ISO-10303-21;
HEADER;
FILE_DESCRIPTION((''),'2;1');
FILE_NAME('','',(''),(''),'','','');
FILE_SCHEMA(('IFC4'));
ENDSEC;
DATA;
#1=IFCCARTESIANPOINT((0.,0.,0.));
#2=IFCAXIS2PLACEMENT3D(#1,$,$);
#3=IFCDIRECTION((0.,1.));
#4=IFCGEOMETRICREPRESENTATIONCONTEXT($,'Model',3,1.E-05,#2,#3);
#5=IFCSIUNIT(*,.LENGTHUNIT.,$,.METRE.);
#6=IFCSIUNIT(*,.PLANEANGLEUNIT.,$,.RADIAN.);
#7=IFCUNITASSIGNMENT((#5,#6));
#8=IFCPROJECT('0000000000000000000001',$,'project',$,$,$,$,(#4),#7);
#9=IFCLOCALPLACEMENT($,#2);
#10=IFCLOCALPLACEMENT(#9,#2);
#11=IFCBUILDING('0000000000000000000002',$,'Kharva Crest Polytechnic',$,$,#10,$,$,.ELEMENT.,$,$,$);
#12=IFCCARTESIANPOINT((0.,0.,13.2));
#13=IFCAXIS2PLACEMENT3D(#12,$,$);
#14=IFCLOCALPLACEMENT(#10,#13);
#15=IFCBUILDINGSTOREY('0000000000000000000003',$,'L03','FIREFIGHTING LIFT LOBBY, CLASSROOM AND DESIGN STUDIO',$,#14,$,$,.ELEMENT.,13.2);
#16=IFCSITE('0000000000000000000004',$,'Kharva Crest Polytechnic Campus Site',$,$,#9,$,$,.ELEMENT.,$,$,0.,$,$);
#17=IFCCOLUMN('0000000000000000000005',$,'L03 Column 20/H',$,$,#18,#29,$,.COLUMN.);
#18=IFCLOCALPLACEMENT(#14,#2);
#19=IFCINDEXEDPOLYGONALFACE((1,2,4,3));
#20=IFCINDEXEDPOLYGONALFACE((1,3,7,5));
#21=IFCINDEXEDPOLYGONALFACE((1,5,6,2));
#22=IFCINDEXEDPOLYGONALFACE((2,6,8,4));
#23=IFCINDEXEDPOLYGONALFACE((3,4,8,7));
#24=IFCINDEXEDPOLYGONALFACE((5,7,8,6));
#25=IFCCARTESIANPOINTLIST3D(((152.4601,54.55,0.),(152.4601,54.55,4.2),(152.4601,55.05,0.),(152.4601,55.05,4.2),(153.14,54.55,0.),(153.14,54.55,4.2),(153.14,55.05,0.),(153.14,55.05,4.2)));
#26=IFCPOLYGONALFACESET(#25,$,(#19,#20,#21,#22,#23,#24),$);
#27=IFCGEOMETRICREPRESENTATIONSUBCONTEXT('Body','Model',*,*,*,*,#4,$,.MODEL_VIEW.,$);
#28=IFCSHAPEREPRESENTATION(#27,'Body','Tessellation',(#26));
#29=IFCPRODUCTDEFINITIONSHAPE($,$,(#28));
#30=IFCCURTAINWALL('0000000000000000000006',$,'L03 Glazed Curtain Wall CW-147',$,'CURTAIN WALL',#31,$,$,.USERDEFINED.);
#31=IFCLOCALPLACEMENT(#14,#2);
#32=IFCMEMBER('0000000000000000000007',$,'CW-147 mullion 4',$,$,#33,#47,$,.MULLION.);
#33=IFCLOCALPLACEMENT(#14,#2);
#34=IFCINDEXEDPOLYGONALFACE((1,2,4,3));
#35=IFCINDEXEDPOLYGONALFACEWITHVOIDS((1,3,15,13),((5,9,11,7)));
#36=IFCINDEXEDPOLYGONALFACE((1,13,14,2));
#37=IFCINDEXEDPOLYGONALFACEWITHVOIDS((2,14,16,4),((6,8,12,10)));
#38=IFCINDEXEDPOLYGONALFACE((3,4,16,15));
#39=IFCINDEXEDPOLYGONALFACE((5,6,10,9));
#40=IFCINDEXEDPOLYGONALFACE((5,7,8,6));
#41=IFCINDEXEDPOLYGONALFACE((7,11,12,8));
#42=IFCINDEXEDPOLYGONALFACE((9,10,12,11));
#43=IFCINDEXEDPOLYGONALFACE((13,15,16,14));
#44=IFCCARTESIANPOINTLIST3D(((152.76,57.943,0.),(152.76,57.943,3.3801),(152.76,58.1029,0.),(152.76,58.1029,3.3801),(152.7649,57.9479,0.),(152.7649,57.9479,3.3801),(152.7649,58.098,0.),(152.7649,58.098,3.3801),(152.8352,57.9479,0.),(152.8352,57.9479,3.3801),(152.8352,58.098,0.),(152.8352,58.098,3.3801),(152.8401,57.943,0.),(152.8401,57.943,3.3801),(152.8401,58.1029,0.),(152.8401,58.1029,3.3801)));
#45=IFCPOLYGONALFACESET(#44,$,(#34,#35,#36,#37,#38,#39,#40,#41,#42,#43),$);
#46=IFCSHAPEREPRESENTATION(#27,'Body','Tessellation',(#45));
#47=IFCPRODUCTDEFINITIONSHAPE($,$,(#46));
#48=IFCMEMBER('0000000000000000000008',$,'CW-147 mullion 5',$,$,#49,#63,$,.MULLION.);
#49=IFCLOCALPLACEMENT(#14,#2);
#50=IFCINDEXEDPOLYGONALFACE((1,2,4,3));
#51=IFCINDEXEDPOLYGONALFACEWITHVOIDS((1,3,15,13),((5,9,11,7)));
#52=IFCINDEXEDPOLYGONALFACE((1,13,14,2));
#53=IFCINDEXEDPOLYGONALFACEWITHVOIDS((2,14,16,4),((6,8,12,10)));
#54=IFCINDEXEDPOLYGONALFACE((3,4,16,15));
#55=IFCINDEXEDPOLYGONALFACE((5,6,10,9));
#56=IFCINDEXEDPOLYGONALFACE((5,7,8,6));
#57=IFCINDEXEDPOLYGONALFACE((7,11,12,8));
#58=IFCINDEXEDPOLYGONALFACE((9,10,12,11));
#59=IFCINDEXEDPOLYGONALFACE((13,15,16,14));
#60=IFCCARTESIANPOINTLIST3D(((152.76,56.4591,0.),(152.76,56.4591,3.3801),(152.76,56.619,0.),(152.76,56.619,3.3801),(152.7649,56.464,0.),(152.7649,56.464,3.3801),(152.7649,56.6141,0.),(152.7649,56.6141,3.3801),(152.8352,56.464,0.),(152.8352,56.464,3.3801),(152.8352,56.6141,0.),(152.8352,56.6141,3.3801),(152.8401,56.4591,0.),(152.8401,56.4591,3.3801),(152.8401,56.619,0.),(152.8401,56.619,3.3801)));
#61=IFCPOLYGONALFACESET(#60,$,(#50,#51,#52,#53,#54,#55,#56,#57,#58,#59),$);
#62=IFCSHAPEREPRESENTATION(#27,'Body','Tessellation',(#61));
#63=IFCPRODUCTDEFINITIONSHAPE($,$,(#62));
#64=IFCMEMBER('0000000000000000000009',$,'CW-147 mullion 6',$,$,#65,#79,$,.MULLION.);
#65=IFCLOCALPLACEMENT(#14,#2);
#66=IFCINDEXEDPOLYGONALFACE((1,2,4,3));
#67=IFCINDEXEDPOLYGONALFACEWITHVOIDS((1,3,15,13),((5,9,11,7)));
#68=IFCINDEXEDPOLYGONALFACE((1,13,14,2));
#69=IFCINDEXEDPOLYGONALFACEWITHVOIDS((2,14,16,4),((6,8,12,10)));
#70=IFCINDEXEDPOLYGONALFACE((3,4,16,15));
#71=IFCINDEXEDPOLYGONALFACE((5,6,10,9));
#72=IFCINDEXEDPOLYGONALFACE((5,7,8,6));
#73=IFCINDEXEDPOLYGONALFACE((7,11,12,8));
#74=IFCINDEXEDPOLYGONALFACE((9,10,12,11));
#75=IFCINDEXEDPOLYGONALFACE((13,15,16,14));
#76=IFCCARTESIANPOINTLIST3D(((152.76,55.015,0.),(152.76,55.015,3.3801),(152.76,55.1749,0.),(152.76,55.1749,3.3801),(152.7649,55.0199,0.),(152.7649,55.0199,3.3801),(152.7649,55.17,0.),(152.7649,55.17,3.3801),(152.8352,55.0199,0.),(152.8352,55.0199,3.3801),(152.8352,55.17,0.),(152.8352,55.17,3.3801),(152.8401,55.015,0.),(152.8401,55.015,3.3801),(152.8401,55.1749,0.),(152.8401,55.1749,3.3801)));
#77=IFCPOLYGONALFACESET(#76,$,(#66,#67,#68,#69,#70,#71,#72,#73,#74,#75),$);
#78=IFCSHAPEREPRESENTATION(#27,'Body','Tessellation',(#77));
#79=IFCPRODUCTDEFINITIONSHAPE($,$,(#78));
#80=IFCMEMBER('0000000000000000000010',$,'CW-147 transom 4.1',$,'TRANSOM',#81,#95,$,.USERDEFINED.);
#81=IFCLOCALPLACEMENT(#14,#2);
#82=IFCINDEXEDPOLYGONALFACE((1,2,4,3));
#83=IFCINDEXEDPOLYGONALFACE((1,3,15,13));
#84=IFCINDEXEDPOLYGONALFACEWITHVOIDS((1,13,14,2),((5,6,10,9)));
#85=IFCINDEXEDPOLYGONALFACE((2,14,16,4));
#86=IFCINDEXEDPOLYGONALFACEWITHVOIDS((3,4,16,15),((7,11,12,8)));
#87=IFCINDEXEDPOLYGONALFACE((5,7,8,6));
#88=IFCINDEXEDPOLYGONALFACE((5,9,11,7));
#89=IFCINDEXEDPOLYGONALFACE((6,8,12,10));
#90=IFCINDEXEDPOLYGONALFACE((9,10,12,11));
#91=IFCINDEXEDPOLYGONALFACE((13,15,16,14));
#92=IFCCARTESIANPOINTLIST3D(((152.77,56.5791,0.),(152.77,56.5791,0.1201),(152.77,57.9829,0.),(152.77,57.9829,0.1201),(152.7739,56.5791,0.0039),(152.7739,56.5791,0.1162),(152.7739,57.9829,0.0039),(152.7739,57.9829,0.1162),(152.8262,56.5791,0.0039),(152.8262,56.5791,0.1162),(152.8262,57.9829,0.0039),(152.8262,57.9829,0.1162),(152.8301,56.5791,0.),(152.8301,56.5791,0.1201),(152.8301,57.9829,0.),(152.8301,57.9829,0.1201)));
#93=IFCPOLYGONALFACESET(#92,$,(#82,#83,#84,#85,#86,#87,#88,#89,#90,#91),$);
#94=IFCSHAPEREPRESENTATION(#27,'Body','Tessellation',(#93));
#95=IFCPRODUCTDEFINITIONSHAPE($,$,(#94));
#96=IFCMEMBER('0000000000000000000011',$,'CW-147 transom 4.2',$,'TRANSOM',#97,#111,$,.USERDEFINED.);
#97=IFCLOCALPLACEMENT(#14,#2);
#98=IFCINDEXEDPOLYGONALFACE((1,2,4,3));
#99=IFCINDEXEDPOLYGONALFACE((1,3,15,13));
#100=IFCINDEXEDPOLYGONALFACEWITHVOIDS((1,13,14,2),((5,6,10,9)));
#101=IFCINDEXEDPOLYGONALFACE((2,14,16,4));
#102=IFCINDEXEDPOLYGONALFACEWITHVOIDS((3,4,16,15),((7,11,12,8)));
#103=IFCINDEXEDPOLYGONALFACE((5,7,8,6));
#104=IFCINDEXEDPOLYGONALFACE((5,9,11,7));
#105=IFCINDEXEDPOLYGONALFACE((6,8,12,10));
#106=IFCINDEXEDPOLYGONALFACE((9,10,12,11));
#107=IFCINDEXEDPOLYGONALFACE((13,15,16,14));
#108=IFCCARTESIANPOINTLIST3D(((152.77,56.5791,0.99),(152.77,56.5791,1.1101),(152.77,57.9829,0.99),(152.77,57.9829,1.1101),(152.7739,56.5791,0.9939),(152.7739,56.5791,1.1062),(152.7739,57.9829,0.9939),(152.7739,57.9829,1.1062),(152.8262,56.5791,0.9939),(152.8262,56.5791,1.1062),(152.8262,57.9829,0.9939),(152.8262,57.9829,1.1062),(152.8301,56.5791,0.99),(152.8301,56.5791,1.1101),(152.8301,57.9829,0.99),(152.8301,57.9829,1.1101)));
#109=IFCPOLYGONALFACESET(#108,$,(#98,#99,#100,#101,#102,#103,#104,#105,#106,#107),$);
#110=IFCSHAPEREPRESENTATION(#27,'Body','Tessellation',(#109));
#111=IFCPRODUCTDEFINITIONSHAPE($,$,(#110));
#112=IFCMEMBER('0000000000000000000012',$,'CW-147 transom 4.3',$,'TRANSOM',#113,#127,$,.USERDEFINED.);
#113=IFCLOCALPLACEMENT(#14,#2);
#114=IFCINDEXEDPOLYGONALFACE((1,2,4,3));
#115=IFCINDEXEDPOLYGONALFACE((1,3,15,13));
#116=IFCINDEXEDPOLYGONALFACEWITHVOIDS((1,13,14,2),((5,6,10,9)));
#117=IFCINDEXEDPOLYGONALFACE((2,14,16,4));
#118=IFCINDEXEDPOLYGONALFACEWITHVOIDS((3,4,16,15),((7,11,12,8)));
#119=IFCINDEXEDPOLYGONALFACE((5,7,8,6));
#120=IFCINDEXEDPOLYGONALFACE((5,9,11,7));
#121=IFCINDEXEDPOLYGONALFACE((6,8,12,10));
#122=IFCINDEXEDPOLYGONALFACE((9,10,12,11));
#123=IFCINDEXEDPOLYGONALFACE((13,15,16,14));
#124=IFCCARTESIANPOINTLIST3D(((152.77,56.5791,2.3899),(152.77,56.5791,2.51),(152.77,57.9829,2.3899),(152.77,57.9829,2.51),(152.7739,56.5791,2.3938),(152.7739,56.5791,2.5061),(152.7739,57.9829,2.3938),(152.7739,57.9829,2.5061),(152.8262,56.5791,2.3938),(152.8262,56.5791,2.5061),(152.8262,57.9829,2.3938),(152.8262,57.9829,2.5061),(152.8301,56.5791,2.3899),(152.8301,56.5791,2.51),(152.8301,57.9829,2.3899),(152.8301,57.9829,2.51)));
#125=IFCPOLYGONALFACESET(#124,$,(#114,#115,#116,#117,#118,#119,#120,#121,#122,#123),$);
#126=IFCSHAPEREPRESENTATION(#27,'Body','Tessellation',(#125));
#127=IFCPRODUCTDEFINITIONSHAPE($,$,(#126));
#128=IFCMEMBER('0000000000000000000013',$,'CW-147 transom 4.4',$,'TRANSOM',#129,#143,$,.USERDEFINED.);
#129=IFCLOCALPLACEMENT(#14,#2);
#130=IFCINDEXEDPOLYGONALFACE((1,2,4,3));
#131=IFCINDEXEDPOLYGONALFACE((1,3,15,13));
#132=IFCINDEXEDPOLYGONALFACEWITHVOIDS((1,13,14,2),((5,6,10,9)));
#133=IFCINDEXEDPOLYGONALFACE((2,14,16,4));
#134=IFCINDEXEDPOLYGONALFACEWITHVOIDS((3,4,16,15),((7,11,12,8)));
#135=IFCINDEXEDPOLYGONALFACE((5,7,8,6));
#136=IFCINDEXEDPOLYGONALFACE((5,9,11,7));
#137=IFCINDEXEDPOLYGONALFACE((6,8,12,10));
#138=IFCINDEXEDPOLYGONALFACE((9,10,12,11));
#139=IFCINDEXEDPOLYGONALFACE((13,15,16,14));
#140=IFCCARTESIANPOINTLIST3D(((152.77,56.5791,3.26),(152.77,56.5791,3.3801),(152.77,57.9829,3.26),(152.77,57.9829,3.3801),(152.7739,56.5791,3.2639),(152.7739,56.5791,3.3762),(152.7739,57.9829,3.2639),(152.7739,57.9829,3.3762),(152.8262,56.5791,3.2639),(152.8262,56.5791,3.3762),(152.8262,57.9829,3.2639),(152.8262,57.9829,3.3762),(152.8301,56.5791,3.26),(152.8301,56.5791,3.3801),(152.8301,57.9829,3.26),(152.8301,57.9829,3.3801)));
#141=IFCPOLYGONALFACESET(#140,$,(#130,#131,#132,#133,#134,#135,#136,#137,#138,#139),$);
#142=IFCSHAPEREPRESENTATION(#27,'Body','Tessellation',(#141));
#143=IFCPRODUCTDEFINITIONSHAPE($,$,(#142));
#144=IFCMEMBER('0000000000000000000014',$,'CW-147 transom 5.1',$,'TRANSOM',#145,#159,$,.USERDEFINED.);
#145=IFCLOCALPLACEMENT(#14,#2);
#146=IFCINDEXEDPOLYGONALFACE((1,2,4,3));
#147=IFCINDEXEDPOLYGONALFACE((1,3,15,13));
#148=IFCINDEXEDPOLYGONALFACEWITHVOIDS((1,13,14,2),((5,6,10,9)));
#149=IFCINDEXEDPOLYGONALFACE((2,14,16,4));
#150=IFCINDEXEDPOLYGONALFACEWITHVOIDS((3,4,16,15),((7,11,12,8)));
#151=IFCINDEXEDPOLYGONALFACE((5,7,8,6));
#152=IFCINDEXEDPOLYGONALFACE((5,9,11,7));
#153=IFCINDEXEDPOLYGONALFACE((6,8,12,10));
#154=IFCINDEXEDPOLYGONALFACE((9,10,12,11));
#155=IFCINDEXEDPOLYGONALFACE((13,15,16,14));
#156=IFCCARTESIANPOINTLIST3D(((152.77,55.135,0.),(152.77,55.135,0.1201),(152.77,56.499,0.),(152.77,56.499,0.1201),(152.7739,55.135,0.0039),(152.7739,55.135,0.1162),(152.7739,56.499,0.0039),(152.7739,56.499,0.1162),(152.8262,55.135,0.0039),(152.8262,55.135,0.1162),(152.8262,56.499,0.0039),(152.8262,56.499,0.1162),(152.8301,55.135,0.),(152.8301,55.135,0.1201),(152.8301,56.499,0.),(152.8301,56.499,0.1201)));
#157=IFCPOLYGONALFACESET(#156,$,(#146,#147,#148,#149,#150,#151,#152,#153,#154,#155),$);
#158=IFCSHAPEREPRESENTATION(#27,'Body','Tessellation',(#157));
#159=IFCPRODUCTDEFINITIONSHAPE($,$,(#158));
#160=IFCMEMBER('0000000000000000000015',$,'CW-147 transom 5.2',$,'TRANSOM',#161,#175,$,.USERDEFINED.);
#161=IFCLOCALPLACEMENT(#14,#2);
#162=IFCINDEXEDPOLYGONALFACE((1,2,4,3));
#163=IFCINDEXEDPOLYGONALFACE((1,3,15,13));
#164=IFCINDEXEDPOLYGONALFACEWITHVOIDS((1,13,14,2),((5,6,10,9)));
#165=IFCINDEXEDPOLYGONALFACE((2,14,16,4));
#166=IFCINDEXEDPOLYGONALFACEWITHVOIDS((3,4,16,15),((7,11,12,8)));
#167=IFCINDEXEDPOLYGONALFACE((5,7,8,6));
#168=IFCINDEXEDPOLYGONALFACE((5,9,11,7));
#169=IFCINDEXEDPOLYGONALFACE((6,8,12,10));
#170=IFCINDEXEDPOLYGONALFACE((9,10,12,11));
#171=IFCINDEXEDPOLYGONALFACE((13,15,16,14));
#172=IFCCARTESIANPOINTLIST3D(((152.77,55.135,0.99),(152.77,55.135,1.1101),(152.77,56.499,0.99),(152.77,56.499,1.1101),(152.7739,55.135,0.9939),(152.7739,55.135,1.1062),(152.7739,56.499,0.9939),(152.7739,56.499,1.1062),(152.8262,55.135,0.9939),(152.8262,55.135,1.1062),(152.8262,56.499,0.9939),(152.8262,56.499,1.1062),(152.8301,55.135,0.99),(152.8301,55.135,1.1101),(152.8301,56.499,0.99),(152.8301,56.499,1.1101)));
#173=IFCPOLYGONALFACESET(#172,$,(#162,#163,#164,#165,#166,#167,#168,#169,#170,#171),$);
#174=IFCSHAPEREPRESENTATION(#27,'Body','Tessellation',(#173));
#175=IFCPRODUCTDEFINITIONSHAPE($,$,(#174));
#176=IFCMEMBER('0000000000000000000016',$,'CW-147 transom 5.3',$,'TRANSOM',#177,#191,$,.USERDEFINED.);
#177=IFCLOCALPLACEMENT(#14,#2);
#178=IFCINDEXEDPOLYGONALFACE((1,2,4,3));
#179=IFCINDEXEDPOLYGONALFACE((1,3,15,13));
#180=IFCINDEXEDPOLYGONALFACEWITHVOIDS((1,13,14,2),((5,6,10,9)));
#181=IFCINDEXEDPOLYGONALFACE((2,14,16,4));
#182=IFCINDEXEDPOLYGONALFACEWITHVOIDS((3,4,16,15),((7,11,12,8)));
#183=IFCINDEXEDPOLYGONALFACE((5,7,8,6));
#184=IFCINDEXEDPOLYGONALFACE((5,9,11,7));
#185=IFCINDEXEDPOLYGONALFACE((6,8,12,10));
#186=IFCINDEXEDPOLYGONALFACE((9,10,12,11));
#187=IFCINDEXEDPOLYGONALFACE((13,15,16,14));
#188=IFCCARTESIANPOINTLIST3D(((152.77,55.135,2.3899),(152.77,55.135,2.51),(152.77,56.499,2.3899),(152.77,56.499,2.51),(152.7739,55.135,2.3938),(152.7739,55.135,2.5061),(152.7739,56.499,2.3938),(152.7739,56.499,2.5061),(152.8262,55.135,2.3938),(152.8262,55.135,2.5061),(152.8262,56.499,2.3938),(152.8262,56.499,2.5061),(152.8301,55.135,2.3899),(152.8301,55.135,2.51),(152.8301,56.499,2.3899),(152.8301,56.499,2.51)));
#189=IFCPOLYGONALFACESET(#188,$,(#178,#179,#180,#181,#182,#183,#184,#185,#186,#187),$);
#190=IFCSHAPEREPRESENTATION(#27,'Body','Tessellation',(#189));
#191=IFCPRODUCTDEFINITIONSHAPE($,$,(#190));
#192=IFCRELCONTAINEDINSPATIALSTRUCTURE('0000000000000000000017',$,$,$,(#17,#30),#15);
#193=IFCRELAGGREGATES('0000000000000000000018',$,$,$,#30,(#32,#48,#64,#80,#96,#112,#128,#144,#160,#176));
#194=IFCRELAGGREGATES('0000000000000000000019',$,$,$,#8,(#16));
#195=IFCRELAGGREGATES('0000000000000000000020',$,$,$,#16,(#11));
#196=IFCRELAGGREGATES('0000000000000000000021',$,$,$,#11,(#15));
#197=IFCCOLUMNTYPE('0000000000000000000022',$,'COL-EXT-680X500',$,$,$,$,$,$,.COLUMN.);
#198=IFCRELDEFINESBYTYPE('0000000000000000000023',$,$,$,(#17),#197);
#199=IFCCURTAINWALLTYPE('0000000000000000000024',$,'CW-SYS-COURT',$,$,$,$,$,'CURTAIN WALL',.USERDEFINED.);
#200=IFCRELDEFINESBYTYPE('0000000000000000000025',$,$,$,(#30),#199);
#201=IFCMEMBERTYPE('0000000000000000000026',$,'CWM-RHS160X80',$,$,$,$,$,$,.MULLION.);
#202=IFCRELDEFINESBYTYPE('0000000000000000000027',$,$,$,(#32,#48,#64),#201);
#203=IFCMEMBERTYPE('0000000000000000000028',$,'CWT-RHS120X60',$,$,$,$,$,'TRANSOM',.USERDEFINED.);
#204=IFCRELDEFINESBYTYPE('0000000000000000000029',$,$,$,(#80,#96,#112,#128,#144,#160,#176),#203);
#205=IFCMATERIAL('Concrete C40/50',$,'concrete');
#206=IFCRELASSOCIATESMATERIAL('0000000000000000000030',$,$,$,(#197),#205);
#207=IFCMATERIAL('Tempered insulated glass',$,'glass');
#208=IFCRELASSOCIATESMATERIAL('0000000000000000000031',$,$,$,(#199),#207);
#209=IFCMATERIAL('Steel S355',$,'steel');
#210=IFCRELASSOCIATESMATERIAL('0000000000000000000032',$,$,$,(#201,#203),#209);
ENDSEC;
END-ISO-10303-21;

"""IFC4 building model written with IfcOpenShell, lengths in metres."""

from ifc_helpers import new_model, si_unit, direction, frame, origin, origin_2d, place, context, subcontext, project, spatial, rectangle, hollow_rectangle, extrude, material, material_profile, profile_set, type_object, element, aggregate, save


model = new_model("IFC4")

# Units and contexts
model_context = context("Model", 3, precision=1e-05, world=origin(), true_north=direction((0.0, 1.0)))
body_context = subcontext(model_context, "Body", "Model", "MODEL_VIEW")
ifc_project = project(units=[si_unit("LENGTHUNIT", "METRE"), si_unit("PLANEANGLEUNIT", "RADIAN")], contexts=[model_context])

# Site, building, storey
site_placement = place(None, origin())
site = spatial("IfcSite", under=ifc_project, at=site_placement, Name="Kharva Crest Polytechnic Campus Site", CompositionType="ELEMENT", RefElevation=0.0)
building_placement = place(site_placement, origin())
building = spatial("IfcBuilding", under=site, at=building_placement, Name="Kharva Crest Polytechnic", CompositionType="ELEMENT")
storey_placement = place(building_placement, frame((0.0, 0.0, 13.2)))
storey = spatial("IfcBuildingStorey", under=building, at=storey_placement, Name="L03", Description="FIREFIGHTING LIFT LOBBY, CLASSROOM AND DESIGN STUDIO", CompositionType="ELEMENT", Elevation=13.2)

# Column
ifc_material_1 = material(Name="Concrete C40/50", Category="concrete")
ifc_material_profile_1 = material_profile(ifc_material_1, rectangle(XDim=0.6799, YDim=0.5, at=origin_2d()), Name="RECT 680 X 500")
ifc_profile_set_1 = profile_set([ifc_material_profile_1], Name="Concrete C40/50")
column_type = type_object("IfcColumnType", Name="COL-EXT-680X500", PredefinedType="COLUMN", material=ifc_profile_set_1)
column_placement = place(storey_placement, frame((152.8, 54.8, 0.0), z_axis=(0.0, 0.0, 1.0), x_axis=(1.0, 0.0, 0.0)))
element("IfcColumn", 1, at=column_placement, inside=storey, type_object=column_type, Name="L03 Column 20/H", PredefinedType="COLUMN", context=body_context, shape_type="SweptSolid", body=[
    extrude(rectangle(XDim=0.6799, YDim=0.5, at=origin_2d()), origin(), (0.0, 0.0, 1.0), 4.2),
])

# Curtain wall, members
ifc_material_2 = material(Name="Tempered insulated glass", Category="glass")
curtain_wall_type = type_object("IfcCurtainWallType", Name="CW-SYS-COURT", ElementType="CURTAIN WALL", PredefinedType="USERDEFINED", material=ifc_material_2)
curtain_wall_placement = place(storey_placement, origin())
curtain_wall = element("IfcCurtainWall", 2, at=curtain_wall_placement, inside=storey, type_object=curtain_wall_type, Name="L03 Glazed Curtain Wall CW-147", ObjectType="CURTAIN WALL", PredefinedType="USERDEFINED")
ifc_material_3 = material(Name="Steel S355", Category="steel")
ifc_material_profile_2 = material_profile(ifc_material_3, hollow_rectangle(XDim=0.0801, YDim=0.1599, WallThickness=0.0049, at=origin_2d()), Name="RHS 160X80X5.0")
ifc_profile_set_2 = profile_set([ifc_material_profile_2], Name="Steel S355")
member_type_1 = type_object("IfcMemberType", Name="CWM-RHS160X80", PredefinedType="MULLION", material=ifc_profile_set_2)
member_1_placement = place(storey_placement, frame((152.8, 58.0229, 0.0), z_axis=(0.0, 0.0, 1.0), x_axis=(1.0, 0.0, 0.0)))
member_1 = element("IfcMember", 3, at=member_1_placement, type_object=member_type_1, Name="CW-147 mullion 4", PredefinedType="MULLION", context=body_context, shape_type="SweptSolid", body=[
    extrude(hollow_rectangle(XDim=0.0801, YDim=0.1599, WallThickness=0.0049, at=origin_2d()), origin(), (0.0, 0.0, 1.0), 3.3801),
])
member_2_placement = place(storey_placement, frame((152.8, 56.5391, 0.0), z_axis=(0.0, 0.0, 1.0), x_axis=(1.0, 0.0, 0.0)))
member_2 = element("IfcMember", 4, at=member_2_placement, type_object=member_type_1, Name="CW-147 mullion 5", PredefinedType="MULLION", context=body_context, shape_type="SweptSolid", body=[
    extrude(hollow_rectangle(XDim=0.0801, YDim=0.1599, WallThickness=0.0049, at=origin_2d()), origin(), (0.0, 0.0, 1.0), 3.3801),
])
member_3_placement = place(storey_placement, frame((152.8, 55.095, 0.0), z_axis=(0.0, 0.0, 1.0), x_axis=(1.0, 0.0, 0.0)))
member_3 = element("IfcMember", 5, at=member_3_placement, type_object=member_type_1, Name="CW-147 mullion 6", PredefinedType="MULLION", context=body_context, shape_type="SweptSolid", body=[
    extrude(hollow_rectangle(XDim=0.0801, YDim=0.1599, WallThickness=0.0049, at=origin_2d()), origin(), (0.0, 0.0, 1.0), 3.3801),
])
ifc_material_profile_3 = material_profile(ifc_material_3, hollow_rectangle(XDim=0.0601, YDim=0.1201, WallThickness=0.0039, at=origin_2d()), Name="RHS 120X60X4.0")
ifc_profile_set_3 = profile_set([ifc_material_profile_3], Name="Steel S355")
member_type_2 = type_object("IfcMemberType", Name="CWT-RHS120X60", ElementType="TRANSOM", PredefinedType="USERDEFINED", material=ifc_profile_set_3)
member_4_placement = place(storey_placement, frame((152.8, 57.9829, 0.0601), z_axis=(0.0, -1.0, 0.0), x_axis=(1.0, 0.0, 0.0)))
member_4 = element("IfcMember", 6, at=member_4_placement, type_object=member_type_2, Name="CW-147 transom 4.1", ObjectType="TRANSOM", PredefinedType="USERDEFINED", context=body_context, shape_type="SweptSolid", body=[
    extrude(hollow_rectangle(XDim=0.0601, YDim=0.1201, WallThickness=0.0039, at=origin_2d()), origin(), (0.0, 0.0, 1.0), 1.4038),
])
member_5_placement = place(storey_placement, frame((152.8, 57.9829, 1.05), z_axis=(0.0, -1.0, 0.0), x_axis=(1.0, 0.0, 0.0)))
member_5 = element("IfcMember", 7, at=member_5_placement, type_object=member_type_2, Name="CW-147 transom 4.2", ObjectType="TRANSOM", PredefinedType="USERDEFINED", context=body_context, shape_type="SweptSolid", body=[
    extrude(hollow_rectangle(XDim=0.0601, YDim=0.1201, WallThickness=0.0039, at=origin_2d()), origin(), (0.0, 0.0, 1.0), 1.4038),
])
member_6_placement = place(storey_placement, frame((152.8, 57.9829, 2.45), z_axis=(0.0, -1.0, 0.0), x_axis=(1.0, 0.0, 0.0)))
member_6 = element("IfcMember", 8, at=member_6_placement, type_object=member_type_2, Name="CW-147 transom 4.3", ObjectType="TRANSOM", PredefinedType="USERDEFINED", context=body_context, shape_type="SweptSolid", body=[
    extrude(hollow_rectangle(XDim=0.0601, YDim=0.1201, WallThickness=0.0039, at=origin_2d()), origin(), (0.0, 0.0, 1.0), 1.4038),
])
member_7_placement = place(storey_placement, frame((152.8, 57.9829, 3.3201), z_axis=(0.0, -1.0, 0.0), x_axis=(1.0, 0.0, 0.0)))
member_7 = element("IfcMember", 9, at=member_7_placement, type_object=member_type_2, Name="CW-147 transom 4.4", ObjectType="TRANSOM", PredefinedType="USERDEFINED", context=body_context, shape_type="SweptSolid", body=[
    extrude(hollow_rectangle(XDim=0.0601, YDim=0.1201, WallThickness=0.0039, at=origin_2d()), origin(), (0.0, 0.0, 1.0), 1.4038),
])
member_8_placement = place(storey_placement, frame((152.8, 56.499, 0.0601), z_axis=(0.0, -1.0, 0.0), x_axis=(1.0, 0.0, 0.0)))
member_8 = element("IfcMember", 10, at=member_8_placement, type_object=member_type_2, Name="CW-147 transom 5.1", ObjectType="TRANSOM", PredefinedType="USERDEFINED", context=body_context, shape_type="SweptSolid", body=[
    extrude(hollow_rectangle(XDim=0.0601, YDim=0.1201, WallThickness=0.0039, at=origin_2d()), origin(), (0.0, 0.0, 1.0), 1.364),
])
member_9_placement = place(storey_placement, frame((152.8, 56.499, 1.05), z_axis=(0.0, -1.0, 0.0), x_axis=(1.0, 0.0, 0.0)))
member_9 = element("IfcMember", 11, at=member_9_placement, type_object=member_type_2, Name="CW-147 transom 5.2", ObjectType="TRANSOM", PredefinedType="USERDEFINED", context=body_context, shape_type="SweptSolid", body=[
    extrude(hollow_rectangle(XDim=0.0601, YDim=0.1201, WallThickness=0.0039, at=origin_2d()), origin(), (0.0, 0.0, 1.0), 1.364),
])
member_10_placement = place(storey_placement, frame((152.8, 56.499, 2.45), z_axis=(0.0, -1.0, 0.0), x_axis=(1.0, 0.0, 0.0)))
member_10 = element("IfcMember", 12, at=member_10_placement, type_object=member_type_2, Name="CW-147 transom 5.3", ObjectType="TRANSOM", PredefinedType="USERDEFINED", context=body_context, shape_type="SweptSolid", body=[
    extrude(hollow_rectangle(XDim=0.0601, YDim=0.1201, WallThickness=0.0039, at=origin_2d()), origin(), (0.0, 0.0, 1.0), 1.364),
])

aggregate(curtain_wall, [member_1, member_2, member_3, member_4, member_5, member_6, member_7, member_8, member_9, member_10])

save(model, "model.ifc")
